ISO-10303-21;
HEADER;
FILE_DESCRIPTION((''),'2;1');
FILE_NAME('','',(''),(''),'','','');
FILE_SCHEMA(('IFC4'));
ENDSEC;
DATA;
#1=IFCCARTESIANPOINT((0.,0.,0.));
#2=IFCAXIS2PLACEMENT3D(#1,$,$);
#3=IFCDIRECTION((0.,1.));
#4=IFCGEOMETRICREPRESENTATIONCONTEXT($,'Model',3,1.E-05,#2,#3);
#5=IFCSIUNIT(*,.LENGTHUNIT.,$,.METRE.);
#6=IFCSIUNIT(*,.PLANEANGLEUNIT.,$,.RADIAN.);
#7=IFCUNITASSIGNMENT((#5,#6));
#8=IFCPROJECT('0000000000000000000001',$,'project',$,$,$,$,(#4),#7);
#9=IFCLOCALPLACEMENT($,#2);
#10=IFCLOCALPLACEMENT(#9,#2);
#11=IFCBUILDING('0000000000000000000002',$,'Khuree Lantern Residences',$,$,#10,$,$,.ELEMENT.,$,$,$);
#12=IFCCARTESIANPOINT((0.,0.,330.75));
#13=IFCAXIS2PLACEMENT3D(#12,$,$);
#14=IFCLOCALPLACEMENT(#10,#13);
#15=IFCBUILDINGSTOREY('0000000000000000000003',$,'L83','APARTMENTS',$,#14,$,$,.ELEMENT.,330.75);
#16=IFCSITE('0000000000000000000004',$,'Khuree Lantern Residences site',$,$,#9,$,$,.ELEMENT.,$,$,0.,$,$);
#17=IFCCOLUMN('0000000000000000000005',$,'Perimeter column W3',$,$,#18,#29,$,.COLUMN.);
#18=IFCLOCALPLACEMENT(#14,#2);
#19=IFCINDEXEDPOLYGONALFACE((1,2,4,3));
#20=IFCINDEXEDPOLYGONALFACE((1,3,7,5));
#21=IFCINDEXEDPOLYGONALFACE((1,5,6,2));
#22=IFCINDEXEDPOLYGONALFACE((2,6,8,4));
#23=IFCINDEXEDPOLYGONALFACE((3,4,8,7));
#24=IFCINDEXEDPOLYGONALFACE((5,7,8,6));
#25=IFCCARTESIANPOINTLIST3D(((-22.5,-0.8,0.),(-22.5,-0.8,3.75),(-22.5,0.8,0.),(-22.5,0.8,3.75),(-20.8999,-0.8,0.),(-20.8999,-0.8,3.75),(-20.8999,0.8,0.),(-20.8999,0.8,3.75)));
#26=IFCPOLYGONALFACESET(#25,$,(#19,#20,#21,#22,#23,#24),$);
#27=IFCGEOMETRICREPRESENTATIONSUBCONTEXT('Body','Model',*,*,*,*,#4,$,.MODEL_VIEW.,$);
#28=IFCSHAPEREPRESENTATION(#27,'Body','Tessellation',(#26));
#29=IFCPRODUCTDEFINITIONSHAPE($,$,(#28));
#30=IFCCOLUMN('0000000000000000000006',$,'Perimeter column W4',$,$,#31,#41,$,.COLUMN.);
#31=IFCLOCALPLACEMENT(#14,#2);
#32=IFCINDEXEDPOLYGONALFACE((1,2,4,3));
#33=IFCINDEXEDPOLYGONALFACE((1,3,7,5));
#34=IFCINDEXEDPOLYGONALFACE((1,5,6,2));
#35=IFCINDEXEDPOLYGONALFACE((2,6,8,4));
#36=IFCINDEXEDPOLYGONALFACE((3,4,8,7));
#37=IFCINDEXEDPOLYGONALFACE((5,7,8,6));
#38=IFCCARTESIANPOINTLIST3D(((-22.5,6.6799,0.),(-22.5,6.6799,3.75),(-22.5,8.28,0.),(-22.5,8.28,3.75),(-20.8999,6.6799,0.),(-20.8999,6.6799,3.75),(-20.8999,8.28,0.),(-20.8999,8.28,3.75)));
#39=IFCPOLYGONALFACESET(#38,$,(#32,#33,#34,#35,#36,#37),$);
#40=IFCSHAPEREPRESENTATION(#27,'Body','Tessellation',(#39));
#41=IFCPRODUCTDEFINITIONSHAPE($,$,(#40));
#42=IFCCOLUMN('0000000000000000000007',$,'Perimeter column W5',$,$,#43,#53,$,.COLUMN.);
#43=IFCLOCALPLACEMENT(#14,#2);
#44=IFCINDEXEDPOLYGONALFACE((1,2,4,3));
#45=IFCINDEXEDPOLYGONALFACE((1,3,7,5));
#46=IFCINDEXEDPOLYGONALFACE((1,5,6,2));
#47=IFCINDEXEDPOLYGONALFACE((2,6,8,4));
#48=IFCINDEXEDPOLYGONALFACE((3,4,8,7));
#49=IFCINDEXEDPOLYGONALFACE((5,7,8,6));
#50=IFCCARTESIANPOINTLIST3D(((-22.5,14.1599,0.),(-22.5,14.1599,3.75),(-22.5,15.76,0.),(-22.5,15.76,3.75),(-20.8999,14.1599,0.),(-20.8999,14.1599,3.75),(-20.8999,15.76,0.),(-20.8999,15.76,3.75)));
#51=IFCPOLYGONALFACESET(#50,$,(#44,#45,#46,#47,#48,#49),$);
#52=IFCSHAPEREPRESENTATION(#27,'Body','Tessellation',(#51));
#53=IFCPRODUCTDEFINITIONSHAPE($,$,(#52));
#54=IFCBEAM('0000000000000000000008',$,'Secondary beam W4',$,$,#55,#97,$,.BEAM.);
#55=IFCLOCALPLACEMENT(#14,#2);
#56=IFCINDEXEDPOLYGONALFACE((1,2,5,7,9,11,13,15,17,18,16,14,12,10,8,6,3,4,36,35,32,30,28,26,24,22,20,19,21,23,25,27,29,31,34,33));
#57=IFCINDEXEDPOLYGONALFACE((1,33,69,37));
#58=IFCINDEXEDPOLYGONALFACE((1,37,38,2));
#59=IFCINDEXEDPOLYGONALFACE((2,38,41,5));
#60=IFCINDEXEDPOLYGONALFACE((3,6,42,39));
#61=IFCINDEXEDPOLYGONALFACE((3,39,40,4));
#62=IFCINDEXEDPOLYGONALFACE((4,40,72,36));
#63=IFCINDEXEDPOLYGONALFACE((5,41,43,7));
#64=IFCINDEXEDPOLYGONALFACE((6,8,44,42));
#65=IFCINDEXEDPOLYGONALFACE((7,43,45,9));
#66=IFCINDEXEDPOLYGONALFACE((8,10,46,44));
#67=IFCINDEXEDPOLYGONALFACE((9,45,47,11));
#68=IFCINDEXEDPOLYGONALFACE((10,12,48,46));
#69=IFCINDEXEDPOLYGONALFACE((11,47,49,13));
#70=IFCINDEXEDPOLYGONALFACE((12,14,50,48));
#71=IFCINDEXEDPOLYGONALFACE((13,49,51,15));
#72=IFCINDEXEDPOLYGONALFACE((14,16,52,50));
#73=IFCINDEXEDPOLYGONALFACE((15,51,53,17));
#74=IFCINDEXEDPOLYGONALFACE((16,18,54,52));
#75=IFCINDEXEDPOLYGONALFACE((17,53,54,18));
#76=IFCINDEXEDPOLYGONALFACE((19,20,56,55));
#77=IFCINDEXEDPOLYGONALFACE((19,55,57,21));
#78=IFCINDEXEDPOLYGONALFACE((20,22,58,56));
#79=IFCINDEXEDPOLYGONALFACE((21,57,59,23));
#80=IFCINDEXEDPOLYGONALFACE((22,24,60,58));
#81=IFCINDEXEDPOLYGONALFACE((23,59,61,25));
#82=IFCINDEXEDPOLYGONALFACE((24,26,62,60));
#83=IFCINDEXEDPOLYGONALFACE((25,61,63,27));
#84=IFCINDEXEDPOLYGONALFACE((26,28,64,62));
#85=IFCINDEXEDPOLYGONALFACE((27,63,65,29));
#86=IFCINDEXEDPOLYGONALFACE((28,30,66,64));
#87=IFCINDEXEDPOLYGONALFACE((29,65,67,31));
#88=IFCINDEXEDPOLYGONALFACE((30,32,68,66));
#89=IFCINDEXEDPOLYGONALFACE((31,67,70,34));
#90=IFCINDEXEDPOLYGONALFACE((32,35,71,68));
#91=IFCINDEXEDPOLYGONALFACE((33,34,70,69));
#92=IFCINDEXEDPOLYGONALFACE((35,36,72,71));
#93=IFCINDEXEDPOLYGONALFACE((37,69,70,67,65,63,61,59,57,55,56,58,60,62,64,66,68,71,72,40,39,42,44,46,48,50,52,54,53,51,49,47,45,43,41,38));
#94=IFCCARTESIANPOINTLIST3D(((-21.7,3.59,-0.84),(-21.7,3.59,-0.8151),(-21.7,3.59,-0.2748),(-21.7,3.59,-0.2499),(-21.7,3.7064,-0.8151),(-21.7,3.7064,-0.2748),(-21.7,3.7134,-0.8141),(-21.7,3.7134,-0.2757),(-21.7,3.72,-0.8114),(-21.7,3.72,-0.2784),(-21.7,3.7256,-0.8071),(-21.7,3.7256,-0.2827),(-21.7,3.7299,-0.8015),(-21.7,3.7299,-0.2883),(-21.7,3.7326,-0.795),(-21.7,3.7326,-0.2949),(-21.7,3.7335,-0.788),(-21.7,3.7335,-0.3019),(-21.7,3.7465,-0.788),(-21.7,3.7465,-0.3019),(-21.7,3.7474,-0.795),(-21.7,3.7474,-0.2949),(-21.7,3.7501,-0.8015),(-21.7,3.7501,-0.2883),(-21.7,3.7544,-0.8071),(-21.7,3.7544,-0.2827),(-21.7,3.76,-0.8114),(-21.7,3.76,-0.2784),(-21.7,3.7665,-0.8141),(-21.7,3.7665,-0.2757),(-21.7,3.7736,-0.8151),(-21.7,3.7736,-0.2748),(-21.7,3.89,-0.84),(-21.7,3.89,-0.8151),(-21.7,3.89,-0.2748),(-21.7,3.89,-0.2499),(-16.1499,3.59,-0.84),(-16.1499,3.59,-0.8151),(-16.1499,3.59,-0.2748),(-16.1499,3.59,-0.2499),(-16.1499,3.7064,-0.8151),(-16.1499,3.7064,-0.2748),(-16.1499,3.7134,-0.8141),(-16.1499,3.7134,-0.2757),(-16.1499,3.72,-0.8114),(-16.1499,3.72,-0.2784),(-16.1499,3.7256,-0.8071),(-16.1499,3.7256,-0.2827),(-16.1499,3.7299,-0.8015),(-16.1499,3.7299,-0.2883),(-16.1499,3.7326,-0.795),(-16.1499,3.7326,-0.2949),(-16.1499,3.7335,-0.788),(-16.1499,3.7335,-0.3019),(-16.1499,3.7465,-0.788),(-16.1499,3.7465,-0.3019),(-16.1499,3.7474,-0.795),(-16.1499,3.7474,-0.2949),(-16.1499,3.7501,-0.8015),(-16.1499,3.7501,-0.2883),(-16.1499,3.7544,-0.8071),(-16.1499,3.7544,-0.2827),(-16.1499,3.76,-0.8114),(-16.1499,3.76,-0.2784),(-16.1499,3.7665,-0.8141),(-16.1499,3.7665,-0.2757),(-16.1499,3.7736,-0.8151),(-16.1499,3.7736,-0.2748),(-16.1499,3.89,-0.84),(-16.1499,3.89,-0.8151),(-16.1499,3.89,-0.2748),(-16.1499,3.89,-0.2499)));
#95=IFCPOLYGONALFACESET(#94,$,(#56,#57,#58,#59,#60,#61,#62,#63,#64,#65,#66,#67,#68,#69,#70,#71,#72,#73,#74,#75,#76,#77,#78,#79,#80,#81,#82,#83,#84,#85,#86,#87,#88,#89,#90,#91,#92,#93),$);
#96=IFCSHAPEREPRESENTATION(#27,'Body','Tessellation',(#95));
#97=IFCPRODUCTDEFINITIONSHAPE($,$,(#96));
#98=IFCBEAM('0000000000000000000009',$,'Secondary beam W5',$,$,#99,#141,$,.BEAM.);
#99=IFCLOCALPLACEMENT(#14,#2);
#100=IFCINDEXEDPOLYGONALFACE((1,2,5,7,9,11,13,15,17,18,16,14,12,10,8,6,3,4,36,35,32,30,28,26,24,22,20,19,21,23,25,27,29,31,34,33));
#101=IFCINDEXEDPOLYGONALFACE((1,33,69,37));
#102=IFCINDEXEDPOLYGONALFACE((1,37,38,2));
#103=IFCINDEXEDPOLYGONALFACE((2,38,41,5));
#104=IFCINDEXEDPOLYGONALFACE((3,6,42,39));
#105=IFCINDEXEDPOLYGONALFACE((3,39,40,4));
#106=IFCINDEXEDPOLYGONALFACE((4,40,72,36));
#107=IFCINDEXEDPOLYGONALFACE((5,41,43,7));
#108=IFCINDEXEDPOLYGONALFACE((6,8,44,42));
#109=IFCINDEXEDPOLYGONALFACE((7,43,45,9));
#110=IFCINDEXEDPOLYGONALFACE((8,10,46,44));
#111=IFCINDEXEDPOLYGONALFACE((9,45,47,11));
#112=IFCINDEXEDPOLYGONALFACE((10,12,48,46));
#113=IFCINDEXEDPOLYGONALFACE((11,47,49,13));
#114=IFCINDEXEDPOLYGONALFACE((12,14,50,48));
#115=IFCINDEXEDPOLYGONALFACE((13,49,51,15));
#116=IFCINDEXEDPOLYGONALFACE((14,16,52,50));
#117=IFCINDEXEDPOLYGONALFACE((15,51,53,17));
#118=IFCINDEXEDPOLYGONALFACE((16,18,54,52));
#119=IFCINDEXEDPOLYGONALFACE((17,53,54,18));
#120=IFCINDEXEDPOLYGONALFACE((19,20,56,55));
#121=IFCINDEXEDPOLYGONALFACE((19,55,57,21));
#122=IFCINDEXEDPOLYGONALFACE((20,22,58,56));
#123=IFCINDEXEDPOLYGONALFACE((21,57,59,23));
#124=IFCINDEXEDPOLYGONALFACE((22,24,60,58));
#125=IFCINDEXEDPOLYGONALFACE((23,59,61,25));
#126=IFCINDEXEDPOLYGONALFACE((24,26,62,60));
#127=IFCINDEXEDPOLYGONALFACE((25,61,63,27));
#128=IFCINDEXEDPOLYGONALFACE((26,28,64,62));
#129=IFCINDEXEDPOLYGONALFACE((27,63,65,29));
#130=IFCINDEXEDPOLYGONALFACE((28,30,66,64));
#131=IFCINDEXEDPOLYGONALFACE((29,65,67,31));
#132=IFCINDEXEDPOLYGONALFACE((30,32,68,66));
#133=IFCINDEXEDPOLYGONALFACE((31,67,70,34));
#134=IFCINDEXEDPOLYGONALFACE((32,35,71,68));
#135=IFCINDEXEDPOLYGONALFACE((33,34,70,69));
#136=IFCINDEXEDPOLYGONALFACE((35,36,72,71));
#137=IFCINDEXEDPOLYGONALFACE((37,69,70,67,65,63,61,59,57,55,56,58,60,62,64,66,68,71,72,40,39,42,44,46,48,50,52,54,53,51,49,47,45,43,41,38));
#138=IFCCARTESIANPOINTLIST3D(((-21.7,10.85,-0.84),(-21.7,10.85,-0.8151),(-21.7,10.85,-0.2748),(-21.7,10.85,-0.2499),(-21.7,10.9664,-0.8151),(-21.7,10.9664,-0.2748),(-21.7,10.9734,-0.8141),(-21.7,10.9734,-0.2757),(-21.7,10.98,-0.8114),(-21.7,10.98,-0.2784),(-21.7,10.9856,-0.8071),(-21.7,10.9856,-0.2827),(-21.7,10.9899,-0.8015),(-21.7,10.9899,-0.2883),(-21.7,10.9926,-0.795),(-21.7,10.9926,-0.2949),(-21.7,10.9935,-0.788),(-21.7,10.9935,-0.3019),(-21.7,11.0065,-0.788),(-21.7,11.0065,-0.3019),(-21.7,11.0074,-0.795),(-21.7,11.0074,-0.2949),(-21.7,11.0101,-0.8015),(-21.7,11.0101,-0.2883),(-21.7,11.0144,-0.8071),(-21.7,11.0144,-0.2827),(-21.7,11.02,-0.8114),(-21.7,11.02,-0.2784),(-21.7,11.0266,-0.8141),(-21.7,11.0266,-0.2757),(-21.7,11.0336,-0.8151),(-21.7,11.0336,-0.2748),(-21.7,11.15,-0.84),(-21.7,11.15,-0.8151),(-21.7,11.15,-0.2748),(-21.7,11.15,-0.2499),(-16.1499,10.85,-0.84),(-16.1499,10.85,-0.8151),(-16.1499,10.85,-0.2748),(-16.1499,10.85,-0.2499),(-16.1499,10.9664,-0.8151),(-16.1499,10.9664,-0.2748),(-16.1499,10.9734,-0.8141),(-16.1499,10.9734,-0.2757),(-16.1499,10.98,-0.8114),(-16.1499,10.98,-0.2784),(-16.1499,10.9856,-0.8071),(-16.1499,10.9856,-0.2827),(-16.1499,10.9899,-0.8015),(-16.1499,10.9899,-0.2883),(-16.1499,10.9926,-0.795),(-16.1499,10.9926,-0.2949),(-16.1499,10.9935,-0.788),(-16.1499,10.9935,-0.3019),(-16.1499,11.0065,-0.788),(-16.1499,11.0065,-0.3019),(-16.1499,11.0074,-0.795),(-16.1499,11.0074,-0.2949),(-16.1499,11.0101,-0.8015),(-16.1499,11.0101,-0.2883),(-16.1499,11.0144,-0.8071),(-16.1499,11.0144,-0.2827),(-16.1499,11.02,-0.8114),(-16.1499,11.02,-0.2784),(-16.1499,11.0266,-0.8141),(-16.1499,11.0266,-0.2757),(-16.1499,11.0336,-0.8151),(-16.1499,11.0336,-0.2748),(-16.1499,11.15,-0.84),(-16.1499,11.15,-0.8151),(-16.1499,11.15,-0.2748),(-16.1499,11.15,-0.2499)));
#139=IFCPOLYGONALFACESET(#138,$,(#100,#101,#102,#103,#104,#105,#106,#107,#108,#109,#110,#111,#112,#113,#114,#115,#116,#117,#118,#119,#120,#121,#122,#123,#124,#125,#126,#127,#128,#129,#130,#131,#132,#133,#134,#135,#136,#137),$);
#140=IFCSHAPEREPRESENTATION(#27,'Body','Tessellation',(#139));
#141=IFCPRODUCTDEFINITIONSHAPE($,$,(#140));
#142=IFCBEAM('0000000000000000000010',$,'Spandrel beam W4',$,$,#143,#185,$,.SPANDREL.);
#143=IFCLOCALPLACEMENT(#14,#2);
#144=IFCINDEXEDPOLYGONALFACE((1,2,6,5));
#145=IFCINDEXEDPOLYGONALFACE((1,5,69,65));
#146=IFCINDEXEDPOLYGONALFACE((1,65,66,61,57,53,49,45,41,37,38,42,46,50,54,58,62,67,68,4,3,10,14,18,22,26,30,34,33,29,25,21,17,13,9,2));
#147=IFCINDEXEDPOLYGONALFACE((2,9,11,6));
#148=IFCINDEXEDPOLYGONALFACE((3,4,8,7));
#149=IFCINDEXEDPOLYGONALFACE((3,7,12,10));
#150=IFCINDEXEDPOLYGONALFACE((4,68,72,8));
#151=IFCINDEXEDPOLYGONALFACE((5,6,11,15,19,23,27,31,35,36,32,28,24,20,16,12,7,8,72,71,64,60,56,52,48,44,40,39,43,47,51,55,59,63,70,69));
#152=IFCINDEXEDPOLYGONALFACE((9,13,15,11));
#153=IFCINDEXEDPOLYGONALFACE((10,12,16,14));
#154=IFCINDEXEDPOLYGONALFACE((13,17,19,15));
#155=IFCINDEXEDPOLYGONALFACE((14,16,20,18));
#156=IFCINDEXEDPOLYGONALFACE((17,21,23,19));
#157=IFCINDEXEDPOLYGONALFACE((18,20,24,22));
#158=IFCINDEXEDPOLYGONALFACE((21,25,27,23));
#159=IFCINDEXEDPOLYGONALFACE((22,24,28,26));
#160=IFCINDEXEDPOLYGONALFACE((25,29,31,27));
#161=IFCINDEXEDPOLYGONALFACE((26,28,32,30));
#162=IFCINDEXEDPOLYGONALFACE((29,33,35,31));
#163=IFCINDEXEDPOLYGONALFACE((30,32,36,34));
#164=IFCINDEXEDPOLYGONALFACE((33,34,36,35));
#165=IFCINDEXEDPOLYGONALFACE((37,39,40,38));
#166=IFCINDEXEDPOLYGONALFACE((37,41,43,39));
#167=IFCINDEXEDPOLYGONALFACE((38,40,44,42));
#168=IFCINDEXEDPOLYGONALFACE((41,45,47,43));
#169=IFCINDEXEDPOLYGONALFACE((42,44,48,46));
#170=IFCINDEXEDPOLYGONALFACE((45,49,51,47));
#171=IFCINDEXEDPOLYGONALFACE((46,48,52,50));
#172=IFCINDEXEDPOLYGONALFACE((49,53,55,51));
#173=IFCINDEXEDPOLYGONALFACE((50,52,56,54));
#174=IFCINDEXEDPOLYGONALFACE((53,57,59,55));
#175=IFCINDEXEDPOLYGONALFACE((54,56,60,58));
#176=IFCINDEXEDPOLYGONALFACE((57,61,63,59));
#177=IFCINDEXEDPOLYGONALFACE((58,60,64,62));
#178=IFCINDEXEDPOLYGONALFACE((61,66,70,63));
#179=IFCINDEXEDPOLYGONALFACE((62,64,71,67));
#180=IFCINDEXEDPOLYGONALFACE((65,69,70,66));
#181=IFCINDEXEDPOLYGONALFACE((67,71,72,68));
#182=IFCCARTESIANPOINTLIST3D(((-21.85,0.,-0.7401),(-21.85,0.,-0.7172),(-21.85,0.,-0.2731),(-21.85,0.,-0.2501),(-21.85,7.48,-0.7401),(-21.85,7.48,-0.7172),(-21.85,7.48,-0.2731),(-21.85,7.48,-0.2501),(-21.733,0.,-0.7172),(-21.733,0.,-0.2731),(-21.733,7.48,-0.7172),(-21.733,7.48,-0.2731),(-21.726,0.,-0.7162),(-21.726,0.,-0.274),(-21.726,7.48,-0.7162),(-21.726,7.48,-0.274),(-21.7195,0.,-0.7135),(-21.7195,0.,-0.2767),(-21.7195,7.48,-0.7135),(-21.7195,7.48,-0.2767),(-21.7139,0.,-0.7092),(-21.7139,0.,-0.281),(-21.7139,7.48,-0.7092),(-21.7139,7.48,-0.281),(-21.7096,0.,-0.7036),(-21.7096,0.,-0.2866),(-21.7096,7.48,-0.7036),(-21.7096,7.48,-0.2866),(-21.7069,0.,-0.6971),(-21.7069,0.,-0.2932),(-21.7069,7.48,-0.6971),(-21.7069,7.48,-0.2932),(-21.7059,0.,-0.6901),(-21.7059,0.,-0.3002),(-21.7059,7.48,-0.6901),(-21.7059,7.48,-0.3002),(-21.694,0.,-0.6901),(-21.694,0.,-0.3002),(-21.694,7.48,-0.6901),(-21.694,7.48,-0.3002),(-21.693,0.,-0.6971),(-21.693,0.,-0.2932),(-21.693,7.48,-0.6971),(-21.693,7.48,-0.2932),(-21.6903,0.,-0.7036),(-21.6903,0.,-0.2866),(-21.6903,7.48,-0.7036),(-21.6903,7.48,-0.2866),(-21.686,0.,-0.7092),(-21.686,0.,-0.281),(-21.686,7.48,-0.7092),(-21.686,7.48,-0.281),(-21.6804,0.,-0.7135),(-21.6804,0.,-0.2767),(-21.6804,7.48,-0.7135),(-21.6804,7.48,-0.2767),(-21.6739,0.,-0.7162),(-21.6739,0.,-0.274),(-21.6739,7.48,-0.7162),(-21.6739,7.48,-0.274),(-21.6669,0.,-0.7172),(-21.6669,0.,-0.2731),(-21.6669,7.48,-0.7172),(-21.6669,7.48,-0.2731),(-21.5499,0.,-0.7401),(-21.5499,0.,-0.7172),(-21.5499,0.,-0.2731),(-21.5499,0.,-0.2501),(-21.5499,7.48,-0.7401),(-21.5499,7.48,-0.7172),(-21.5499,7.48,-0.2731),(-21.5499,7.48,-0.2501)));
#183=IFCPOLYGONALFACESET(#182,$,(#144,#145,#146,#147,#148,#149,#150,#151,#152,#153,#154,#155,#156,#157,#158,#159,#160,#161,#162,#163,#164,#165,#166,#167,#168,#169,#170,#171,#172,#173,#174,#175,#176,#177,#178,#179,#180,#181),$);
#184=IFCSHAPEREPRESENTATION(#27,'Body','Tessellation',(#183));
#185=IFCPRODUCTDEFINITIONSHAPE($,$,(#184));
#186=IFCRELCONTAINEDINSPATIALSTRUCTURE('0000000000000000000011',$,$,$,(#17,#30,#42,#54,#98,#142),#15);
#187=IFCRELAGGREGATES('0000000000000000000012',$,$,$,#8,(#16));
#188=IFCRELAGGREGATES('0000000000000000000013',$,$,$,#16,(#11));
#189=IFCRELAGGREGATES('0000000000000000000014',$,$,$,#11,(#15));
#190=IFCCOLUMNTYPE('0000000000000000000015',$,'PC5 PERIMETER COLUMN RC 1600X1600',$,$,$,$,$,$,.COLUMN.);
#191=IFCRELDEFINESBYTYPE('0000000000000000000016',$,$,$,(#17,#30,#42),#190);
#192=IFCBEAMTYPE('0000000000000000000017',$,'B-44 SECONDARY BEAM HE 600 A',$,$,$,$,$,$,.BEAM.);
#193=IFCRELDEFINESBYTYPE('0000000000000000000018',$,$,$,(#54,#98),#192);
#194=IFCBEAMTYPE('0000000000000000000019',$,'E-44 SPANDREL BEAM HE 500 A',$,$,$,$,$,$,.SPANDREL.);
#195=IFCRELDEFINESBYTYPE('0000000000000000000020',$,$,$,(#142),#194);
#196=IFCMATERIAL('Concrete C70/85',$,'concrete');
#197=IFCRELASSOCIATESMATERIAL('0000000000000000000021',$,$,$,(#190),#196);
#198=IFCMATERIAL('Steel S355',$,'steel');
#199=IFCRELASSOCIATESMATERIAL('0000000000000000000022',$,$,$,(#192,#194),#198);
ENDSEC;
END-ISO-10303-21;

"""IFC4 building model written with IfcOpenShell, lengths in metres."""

from ifc_helpers import new_model, si_unit, direction, frame, origin, origin_2d, place, context, subcontext, project, spatial, rectangle, i_section, extrude, material, material_profile, profile_set, type_object, element, save


model = new_model("IFC4")

# Units and contexts
model_context = context("Model", 3, precision=1e-05, world=origin(), true_north=direction((0.0, 1.0)))
body_context = subcontext(model_context, "Body", "Model", "MODEL_VIEW")
ifc_project = project(units=[si_unit("LENGTHUNIT", "METRE"), si_unit("PLANEANGLEUNIT", "RADIAN")], contexts=[model_context])

# Site, building, storey
site_placement = place(None, origin())
site = spatial("IfcSite", under=ifc_project, at=site_placement, Name="Khuree Lantern Residences site", CompositionType="ELEMENT", RefElevation=0.0)
building_placement = place(site_placement, origin())
building = spatial("IfcBuilding", under=site, at=building_placement, Name="Khuree Lantern Residences", CompositionType="ELEMENT")
storey_placement = place(building_placement, frame((0.0, 0.0, 330.75)))
storey = spatial("IfcBuildingStorey", under=building, at=storey_placement, Name="L83", Description="APARTMENTS", CompositionType="ELEMENT", Elevation=330.75)

# Columns
ifc_material_1 = material(Name="Concrete C70/85", Category="concrete")
ifc_material_profile_1 = material_profile(ifc_material_1, rectangle(XDim=1.6001, YDim=1.6001, at=origin_2d()), Name="RC 1600X1600")
ifc_profile_set_1 = profile_set([ifc_material_profile_1], Name="Concrete C70/85")
column_type = type_object("IfcColumnType", Name="PC5 PERIMETER COLUMN RC 1600X1600", PredefinedType="COLUMN", material=ifc_profile_set_1)
for number, where, z_axis, x_axis, name in (
    (1, (-21.7, 0.0, 0.0), (0.0, 0.0, 1.0), (0.0, 1.0, 0.0), "Perimeter column W3"),
    (2, (-21.7, 7.48, 0.0), (0.0, 0.0, 1.0), (0.0, 1.0, 0.0), "Perimeter column W4"),
    (3, (-21.7, 14.96, 0.0), (0.0, 0.0, 1.0), (0.0, 1.0, 0.0), "Perimeter column W5"),
):
    element("IfcColumn", number, at=place(storey_placement, frame(where, z_axis=z_axis, x_axis=x_axis)), inside=storey, type_object=column_type, Name=name, PredefinedType="COLUMN", context=body_context, shape_type="SweptSolid", body=[
        extrude(rectangle(XDim=1.6001, YDim=1.6001, at=origin_2d()), origin(), (0.0, 0.0, 1.0), 3.75),
    ])

# Beams
ifc_material_2 = material(Name="Steel S355", Category="steel")
ifc_material_profile_2 = material_profile(ifc_material_2, i_section(OverallWidth=0.3, OverallDepth=0.5901, WebThickness=0.0129, FlangeThickness=0.0249, FilletRadius=0.0271, at=origin_2d()), Name="HE 600 A")
ifc_profile_set_2 = profile_set([ifc_material_profile_2], Name="Steel S355")
beam_type_1 = type_object("IfcBeamType", Name="B-44 SECONDARY BEAM HE 600 A", PredefinedType="BEAM", material=ifc_profile_set_2)
for number, where, z_axis, x_axis, name in (
    (4, (-21.7, 3.74, -0.5449), (1.0, 0.0, 0.0), (0.0, 1.0, 0.0), "Secondary beam W4"),
    (5, (-21.7, 11.0, -0.5449), (1.0, 0.0, 0.0), (0.0, 1.0, 0.0), "Secondary beam W5"),
):
    element("IfcBeam", number, at=place(storey_placement, frame(where, z_axis=z_axis, x_axis=x_axis)), inside=storey, type_object=beam_type_1, Name=name, PredefinedType="BEAM", context=body_context, shape_type="SweptSolid", body=[
        extrude(i_section(OverallWidth=0.3, OverallDepth=0.5901, WebThickness=0.0129, FlangeThickness=0.0249, FilletRadius=0.0271, at=origin_2d()), origin(), (0.0, 0.0, 1.0), 5.55),
    ])
ifc_material_profile_3 = material_profile(ifc_material_2, i_section(OverallWidth=0.3, OverallDepth=0.49, WebThickness=0.012, FlangeThickness=0.0229, FilletRadius=0.0271, at=origin_2d()), Name="HE 500 A")
ifc_profile_set_3 = profile_set([ifc_material_profile_3], Name="Steel S355")
beam_type_2 = type_object("IfcBeamType", Name="E-44 SPANDREL BEAM HE 500 A", PredefinedType="SPANDREL", material=ifc_profile_set_3)
for number, where, z_axis, x_axis, name in (
    (6, (-21.7, 0.0, -0.4951), (0.0, 1.0, 0.0), (-1.0, 0.0, 0.0), "Spandrel beam W4"),
):
    element("IfcBeam", number, at=place(storey_placement, frame(where, z_axis=z_axis, x_axis=x_axis)), inside=storey, type_object=beam_type_2, Name=name, PredefinedType="SPANDREL", context=body_context, shape_type="SweptSolid", body=[
        extrude(i_section(OverallWidth=0.3, OverallDepth=0.49, WebThickness=0.012, FlangeThickness=0.0229, FilletRadius=0.0271, at=origin_2d()), origin(), (0.0, 0.0, 1.0), 7.48),
    ])

save(model, "model.ifc")
